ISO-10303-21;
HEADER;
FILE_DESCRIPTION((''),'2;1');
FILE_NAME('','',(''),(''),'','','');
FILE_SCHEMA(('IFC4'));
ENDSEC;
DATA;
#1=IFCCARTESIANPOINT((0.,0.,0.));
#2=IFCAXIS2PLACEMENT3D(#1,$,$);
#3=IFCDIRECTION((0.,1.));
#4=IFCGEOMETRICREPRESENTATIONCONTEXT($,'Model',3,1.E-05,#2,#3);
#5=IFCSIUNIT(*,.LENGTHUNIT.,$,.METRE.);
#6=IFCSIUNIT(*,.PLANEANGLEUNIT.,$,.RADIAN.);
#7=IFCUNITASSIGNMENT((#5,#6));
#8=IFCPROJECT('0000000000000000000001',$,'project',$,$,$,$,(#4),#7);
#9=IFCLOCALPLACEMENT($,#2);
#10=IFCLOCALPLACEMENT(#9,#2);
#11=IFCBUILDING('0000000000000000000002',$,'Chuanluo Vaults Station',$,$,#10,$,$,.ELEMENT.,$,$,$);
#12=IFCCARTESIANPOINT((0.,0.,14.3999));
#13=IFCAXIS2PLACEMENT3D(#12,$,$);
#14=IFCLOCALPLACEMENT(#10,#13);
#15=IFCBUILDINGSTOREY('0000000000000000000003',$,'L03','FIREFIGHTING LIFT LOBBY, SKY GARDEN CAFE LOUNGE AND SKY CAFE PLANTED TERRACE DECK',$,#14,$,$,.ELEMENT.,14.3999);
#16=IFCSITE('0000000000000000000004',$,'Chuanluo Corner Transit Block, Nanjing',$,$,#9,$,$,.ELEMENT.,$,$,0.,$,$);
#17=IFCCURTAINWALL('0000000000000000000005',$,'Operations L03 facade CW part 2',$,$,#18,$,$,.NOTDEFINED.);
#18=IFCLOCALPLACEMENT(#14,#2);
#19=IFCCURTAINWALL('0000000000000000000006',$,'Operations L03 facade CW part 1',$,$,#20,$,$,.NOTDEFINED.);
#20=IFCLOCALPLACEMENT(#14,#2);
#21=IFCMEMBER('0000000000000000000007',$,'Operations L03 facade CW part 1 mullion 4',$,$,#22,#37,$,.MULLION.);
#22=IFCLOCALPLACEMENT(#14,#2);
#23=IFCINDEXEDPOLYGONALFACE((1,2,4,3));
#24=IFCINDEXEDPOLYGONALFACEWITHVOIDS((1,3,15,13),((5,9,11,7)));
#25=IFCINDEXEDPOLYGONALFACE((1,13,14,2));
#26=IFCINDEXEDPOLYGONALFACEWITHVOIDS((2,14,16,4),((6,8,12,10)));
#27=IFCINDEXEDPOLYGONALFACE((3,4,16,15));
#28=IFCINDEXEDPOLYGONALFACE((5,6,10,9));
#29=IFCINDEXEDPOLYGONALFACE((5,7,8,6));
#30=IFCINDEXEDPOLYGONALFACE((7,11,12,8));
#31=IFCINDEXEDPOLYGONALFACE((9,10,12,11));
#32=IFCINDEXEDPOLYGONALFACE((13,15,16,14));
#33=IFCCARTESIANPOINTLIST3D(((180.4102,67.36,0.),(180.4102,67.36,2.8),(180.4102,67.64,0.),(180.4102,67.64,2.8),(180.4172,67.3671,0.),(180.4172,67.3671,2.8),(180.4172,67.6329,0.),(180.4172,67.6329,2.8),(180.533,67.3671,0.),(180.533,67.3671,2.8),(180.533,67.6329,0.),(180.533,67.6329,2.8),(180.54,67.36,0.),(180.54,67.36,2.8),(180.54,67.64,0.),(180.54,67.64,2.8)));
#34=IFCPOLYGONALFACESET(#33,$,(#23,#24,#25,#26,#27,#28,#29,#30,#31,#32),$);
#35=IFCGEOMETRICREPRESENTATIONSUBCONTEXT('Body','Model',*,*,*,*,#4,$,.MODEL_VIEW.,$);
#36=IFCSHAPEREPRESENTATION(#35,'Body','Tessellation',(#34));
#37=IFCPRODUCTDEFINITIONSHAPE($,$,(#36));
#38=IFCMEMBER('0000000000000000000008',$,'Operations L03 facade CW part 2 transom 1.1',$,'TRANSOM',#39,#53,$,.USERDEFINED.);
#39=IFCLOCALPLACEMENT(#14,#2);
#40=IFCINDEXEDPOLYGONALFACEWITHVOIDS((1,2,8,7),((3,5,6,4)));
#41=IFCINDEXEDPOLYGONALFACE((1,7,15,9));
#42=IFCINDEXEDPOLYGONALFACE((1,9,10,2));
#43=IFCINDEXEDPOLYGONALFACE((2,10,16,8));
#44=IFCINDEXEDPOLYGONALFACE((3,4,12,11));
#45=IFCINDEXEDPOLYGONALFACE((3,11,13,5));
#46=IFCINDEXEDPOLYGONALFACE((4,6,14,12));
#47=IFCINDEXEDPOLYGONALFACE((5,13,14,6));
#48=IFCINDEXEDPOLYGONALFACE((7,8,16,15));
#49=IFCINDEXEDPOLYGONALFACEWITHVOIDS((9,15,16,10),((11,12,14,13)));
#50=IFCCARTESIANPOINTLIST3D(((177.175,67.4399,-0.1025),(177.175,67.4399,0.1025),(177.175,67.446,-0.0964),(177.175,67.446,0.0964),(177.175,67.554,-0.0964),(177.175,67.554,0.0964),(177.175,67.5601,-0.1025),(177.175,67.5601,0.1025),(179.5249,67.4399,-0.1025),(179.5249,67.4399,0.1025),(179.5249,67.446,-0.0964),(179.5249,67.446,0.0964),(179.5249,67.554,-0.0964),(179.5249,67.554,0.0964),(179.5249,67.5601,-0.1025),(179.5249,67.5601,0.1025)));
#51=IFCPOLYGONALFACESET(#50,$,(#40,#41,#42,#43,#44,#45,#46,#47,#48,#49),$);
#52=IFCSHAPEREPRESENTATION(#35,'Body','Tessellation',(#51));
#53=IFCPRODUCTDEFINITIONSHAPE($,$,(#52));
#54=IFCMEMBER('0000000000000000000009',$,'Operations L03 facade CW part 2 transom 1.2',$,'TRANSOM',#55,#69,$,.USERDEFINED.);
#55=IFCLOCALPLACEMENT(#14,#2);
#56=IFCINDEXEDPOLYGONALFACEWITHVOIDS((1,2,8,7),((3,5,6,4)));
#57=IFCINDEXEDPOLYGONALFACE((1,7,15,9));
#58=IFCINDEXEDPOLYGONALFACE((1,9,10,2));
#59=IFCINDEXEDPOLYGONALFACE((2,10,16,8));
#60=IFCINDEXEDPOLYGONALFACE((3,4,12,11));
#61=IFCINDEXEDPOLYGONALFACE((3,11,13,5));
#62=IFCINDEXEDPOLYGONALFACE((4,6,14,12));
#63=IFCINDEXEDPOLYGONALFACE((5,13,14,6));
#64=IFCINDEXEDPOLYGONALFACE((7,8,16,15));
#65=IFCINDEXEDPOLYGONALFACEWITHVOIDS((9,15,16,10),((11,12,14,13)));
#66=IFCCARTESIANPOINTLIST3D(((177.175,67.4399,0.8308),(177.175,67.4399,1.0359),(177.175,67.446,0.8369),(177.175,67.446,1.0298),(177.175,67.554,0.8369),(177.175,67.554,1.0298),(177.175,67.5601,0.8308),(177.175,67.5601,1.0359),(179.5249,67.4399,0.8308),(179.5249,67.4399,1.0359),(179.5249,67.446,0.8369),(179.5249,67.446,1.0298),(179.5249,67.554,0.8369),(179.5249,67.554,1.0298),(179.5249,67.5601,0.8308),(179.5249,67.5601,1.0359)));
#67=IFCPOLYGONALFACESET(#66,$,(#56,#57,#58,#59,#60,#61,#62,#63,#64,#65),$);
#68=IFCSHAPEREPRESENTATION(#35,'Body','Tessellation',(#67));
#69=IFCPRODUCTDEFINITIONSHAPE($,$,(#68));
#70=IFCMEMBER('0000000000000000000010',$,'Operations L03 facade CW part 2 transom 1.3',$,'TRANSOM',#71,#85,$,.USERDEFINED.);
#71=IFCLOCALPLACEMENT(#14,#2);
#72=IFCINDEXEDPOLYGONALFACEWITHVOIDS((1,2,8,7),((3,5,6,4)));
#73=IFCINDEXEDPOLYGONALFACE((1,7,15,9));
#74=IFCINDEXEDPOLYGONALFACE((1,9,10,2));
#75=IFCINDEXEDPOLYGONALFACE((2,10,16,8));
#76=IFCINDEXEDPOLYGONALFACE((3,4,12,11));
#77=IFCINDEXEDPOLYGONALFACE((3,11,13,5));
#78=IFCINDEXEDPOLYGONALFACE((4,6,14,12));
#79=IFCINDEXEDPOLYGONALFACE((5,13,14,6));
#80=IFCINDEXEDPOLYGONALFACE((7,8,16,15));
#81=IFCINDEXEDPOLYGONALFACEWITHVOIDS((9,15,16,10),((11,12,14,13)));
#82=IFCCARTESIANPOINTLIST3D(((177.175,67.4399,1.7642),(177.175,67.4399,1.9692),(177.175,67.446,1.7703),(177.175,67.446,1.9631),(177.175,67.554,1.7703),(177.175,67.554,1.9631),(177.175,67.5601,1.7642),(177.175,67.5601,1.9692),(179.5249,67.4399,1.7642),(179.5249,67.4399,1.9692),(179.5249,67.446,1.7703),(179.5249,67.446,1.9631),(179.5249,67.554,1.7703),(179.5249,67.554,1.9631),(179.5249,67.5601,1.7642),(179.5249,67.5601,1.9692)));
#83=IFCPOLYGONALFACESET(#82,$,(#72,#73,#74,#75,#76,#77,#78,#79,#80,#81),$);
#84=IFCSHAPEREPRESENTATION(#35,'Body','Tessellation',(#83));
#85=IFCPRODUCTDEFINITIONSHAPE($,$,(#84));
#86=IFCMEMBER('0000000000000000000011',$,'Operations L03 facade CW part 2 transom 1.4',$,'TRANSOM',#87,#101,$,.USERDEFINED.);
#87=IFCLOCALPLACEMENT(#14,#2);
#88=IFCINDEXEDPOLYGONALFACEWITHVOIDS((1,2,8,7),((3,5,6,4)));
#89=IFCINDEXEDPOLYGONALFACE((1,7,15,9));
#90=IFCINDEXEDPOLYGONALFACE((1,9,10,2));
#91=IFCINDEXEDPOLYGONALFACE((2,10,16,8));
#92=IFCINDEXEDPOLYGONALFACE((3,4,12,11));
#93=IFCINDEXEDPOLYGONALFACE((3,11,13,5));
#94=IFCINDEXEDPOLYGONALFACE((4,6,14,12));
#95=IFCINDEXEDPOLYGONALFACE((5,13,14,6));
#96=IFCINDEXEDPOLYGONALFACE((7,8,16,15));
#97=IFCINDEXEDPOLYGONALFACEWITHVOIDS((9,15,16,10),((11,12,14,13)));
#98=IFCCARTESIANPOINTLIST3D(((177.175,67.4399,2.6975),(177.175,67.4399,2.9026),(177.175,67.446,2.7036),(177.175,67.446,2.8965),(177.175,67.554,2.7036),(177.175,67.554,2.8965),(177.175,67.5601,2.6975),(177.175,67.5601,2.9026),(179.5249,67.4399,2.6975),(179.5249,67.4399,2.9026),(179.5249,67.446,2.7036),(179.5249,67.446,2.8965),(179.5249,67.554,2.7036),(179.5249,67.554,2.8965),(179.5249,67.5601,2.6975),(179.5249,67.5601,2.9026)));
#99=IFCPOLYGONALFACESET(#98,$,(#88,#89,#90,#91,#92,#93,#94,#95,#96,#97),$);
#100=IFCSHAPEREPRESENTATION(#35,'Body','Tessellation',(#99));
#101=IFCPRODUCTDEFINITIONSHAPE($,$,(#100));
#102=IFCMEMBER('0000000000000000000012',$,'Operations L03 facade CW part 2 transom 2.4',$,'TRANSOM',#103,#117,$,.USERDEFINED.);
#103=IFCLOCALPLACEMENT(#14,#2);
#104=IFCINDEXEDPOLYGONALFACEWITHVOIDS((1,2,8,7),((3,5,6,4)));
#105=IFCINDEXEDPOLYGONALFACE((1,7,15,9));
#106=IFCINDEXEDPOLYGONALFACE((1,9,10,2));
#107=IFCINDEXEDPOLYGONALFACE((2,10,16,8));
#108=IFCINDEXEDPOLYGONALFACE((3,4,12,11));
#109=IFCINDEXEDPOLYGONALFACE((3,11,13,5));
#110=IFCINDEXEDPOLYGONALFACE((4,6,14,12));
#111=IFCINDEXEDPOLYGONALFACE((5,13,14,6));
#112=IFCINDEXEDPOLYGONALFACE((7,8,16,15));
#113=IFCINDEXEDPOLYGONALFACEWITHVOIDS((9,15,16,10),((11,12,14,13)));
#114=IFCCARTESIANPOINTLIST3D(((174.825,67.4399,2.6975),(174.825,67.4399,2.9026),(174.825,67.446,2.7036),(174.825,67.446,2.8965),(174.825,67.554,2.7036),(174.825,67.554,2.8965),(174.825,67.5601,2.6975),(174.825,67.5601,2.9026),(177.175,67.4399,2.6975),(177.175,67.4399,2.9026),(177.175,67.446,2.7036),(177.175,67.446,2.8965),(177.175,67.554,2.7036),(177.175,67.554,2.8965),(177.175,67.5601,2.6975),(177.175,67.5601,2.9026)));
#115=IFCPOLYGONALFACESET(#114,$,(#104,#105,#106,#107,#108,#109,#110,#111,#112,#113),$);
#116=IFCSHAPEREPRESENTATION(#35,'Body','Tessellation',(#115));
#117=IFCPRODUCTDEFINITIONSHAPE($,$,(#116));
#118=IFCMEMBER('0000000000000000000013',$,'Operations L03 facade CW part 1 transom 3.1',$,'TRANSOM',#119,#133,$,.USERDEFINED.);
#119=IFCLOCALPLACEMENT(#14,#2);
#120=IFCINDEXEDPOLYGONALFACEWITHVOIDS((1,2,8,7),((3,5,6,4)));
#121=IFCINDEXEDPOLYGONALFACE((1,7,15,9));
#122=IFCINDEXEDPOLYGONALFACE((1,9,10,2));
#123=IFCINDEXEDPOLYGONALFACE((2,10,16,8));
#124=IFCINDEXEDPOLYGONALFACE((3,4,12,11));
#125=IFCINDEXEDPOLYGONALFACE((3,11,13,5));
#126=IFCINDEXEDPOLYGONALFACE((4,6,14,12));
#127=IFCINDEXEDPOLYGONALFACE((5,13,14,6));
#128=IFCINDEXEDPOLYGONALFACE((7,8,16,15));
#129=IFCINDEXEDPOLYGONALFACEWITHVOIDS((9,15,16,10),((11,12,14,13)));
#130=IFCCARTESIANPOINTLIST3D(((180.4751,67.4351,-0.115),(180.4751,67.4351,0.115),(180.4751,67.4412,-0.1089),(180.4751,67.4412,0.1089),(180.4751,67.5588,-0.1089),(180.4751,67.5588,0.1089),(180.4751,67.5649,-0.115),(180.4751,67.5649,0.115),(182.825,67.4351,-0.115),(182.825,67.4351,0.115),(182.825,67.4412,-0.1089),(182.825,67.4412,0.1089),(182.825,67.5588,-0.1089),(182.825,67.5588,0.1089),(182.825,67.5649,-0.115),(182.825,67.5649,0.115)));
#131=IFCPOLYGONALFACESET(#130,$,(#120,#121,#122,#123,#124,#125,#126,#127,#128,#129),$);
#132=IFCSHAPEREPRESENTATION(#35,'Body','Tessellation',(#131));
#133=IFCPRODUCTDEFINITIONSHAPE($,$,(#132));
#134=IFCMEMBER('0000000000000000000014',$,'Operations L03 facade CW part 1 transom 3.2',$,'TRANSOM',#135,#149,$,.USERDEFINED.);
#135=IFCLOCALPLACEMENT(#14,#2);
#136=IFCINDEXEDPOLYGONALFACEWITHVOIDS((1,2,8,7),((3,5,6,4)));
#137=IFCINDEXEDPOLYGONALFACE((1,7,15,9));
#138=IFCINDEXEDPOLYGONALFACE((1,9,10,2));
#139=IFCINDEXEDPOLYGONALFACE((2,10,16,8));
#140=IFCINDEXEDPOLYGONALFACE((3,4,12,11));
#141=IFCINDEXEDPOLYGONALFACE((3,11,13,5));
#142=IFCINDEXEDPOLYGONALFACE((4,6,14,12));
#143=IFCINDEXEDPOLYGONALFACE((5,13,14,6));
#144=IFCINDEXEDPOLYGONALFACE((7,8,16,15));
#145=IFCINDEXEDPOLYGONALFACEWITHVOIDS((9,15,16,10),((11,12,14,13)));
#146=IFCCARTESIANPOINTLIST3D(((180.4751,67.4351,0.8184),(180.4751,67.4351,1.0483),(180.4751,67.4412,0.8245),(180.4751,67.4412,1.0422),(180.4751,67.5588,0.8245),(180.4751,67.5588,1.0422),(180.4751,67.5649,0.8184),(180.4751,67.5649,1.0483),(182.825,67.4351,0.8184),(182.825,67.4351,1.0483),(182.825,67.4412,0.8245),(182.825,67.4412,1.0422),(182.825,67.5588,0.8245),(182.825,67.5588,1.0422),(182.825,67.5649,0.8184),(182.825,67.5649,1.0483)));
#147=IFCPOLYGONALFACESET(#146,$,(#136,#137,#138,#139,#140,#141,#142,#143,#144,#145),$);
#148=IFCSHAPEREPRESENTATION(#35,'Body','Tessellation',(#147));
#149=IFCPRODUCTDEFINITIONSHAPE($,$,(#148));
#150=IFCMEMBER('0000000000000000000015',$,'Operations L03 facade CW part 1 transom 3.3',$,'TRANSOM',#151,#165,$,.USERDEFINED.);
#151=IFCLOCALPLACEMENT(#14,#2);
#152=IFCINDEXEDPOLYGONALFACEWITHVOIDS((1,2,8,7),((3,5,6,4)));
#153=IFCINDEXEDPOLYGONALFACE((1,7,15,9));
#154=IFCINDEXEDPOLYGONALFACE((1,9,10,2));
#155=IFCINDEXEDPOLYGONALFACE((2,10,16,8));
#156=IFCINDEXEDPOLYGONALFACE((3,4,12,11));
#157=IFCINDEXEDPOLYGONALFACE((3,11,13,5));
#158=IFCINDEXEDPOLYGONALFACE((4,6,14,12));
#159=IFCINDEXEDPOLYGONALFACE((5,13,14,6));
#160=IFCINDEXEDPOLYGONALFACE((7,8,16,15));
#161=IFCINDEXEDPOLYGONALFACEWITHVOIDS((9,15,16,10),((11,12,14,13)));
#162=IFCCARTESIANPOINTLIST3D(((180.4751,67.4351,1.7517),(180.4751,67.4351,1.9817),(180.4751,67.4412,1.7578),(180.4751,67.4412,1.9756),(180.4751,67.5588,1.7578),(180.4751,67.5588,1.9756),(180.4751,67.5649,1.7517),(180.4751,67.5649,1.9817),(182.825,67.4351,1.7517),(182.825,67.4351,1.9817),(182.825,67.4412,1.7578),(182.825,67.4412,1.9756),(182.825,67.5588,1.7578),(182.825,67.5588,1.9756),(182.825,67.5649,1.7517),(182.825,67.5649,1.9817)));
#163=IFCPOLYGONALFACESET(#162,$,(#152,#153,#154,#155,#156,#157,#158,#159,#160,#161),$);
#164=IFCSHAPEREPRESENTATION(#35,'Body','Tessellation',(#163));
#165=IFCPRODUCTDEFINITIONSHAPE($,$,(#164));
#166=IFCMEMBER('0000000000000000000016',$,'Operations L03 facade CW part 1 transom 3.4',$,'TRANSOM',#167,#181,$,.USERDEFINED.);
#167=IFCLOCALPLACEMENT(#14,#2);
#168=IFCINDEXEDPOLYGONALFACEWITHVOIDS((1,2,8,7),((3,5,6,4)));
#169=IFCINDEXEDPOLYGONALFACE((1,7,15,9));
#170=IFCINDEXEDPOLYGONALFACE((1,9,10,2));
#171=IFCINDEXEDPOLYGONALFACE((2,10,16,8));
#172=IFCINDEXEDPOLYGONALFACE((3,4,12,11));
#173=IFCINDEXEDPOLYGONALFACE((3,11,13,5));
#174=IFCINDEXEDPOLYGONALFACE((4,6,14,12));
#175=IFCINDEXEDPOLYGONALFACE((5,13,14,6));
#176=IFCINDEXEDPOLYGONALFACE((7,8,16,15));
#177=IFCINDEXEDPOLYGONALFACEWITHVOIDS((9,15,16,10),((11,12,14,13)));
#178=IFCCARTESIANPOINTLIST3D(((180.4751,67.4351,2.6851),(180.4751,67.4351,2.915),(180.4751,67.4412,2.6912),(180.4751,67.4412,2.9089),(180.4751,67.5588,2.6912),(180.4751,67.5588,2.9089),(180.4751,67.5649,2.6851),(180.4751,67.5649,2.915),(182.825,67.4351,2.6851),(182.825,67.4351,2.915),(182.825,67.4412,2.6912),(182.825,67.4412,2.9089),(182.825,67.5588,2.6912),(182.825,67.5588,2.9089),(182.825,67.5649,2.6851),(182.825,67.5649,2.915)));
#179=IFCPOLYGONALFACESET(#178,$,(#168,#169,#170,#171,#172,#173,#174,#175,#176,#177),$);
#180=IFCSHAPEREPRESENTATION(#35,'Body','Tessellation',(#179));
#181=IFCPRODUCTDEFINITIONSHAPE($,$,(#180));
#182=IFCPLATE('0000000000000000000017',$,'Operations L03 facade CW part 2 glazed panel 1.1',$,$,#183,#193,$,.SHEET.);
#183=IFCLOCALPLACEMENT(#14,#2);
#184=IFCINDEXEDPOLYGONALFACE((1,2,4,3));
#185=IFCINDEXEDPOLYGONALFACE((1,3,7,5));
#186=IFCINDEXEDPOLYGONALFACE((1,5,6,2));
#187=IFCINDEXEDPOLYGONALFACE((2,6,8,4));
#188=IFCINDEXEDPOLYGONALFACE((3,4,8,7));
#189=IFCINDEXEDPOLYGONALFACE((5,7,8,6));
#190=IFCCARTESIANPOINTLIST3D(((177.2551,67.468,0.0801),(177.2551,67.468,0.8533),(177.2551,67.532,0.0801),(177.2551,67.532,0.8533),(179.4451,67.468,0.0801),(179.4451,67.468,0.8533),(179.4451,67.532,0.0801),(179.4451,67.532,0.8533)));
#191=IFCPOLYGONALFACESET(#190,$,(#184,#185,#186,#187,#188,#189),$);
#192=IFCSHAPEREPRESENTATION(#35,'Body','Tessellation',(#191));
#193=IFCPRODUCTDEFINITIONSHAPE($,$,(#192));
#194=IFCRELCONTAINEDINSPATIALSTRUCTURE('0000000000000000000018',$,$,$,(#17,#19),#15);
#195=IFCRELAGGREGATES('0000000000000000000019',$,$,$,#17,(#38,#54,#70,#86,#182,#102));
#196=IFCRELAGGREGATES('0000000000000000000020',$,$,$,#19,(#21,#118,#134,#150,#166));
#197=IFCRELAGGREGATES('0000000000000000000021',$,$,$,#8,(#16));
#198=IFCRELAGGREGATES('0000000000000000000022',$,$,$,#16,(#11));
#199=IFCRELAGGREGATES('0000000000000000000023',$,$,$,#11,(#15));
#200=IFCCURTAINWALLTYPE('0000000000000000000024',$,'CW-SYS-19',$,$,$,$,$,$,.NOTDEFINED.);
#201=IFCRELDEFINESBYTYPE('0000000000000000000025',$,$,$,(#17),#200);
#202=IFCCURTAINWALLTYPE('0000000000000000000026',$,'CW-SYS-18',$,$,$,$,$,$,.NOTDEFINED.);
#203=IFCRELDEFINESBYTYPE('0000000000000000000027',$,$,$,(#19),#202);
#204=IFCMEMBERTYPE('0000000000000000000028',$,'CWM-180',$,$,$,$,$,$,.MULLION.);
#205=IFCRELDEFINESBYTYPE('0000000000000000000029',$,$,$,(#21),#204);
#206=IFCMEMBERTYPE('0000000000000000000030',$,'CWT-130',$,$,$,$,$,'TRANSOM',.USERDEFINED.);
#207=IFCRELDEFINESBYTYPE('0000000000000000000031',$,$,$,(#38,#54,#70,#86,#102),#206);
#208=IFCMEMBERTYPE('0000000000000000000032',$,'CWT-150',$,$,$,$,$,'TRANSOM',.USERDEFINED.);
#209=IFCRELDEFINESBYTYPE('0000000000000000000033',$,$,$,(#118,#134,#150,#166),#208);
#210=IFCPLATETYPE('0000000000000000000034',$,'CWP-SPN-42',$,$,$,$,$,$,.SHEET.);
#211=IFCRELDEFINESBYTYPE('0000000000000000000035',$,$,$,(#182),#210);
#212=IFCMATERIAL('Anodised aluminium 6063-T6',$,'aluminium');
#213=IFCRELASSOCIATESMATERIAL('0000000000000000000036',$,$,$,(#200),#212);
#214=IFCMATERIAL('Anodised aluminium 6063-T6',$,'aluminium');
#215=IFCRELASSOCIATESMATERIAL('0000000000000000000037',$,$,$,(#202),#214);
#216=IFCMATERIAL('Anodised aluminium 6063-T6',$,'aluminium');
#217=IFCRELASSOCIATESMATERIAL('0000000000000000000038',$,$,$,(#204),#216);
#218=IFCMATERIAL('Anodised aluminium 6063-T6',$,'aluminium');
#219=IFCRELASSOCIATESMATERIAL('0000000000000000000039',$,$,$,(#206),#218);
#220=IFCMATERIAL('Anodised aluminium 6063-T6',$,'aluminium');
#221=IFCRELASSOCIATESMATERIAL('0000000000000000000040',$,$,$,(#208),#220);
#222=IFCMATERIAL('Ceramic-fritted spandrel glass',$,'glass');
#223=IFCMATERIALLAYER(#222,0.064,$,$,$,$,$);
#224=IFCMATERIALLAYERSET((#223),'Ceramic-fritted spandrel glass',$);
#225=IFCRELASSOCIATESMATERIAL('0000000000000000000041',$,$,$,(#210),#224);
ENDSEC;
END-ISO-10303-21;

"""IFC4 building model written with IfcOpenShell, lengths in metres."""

from ifc_helpers import new_model, si_unit, direction, frame, origin, origin_2d, place, context, subcontext, project, spatial, rectangle, hollow_rectangle, extrude, material, layer, layer_set, material_profile, profile_set, type_object, element, aggregate, save


model = new_model("IFC4")

# Units and contexts
model_context = context("Model", 3, precision=1e-05, world=origin(), true_north=direction((0.0, 1.0)))
body_context = subcontext(model_context, "Body", "Model", "MODEL_VIEW")
ifc_project = project(units=[si_unit("LENGTHUNIT", "METRE"), si_unit("PLANEANGLEUNIT", "RADIAN")], contexts=[model_context])

# Site, building, storey
site_placement = place(None, origin())
site = spatial("IfcSite", under=ifc_project, at=site_placement, Name="Chuanluo Corner Transit Block, Nanjing", CompositionType="ELEMENT", RefElevation=0.0)
building_placement = place(site_placement, origin())
building = spatial("IfcBuilding", under=site, at=building_placement, Name="Chuanluo Vaults Station", CompositionType="ELEMENT")
storey_placement = place(building_placement, frame((0.0, 0.0, 14.3999)))
storey = spatial("IfcBuildingStorey", under=building, at=storey_placement, Name="L03", Description="FIREFIGHTING LIFT LOBBY, SKY GARDEN CAFE LOUNGE AND SKY CAFE PLANTED TERRACE DECK", CompositionType="ELEMENT", Elevation=14.3999)

# Curtain wall
ifc_material_1 = material(Name="Anodised aluminium 6063-T6", Category="aluminium")
curtain_wall_type_1 = type_object("IfcCurtainWallType", Name="CW-SYS-19", PredefinedType="NOTDEFINED", material=ifc_material_1)
curtain_wall_1_placement = place(storey_placement, origin())
curtain_wall_1 = element("IfcCurtainWall", 1, at=curtain_wall_1_placement, inside=storey, type_object=curtain_wall_type_1, Name="Operations L03 facade CW part 2", PredefinedType="NOTDEFINED")

# Curtain wall, member
ifc_material_2 = material(Name="Anodised aluminium 6063-T6", Category="aluminium")
curtain_wall_type_2 = type_object("IfcCurtainWallType", Name="CW-SYS-18", PredefinedType="NOTDEFINED", material=ifc_material_2)
curtain_wall_2_placement = place(storey_placement, origin())
curtain_wall_2 = element("IfcCurtainWall", 2, at=curtain_wall_2_placement, inside=storey, type_object=curtain_wall_type_2, Name="Operations L03 facade CW part 1", PredefinedType="NOTDEFINED")
ifc_material_3 = material(Name="Anodised aluminium 6063-T6", Category="aluminium")
ifc_material_profile_1 = material_profile(ifc_material_3, hollow_rectangle(XDim=0.1299, YDim=0.28, WallThickness=0.0071, at=origin_2d()))
ifc_profile_set_1 = profile_set([ifc_material_profile_1], Name="Anodised aluminium 6063-T6")
member_type_1 = type_object("IfcMemberType", Name="CWM-180", PredefinedType="MULLION", material=ifc_profile_set_1)
member_1_placement = place(storey_placement, frame((180.4751, 67.5, 0.0), z_axis=(0.0, 0.0, 1.0), x_axis=(-1.0, 0.0, 0.0)))
member_1 = element("IfcMember", 3, at=member_1_placement, type_object=member_type_1, Name="Operations L03 facade CW part 1 mullion 4", PredefinedType="MULLION", context=body_context, shape_type="SweptSolid", body=[
    extrude(hollow_rectangle(XDim=0.1299, YDim=0.28, WallThickness=0.0071, at=origin_2d()), origin(), (0.0, 0.0, 1.0), 2.8),
])

# Members
ifc_material_4 = material(Name="Anodised aluminium 6063-T6", Category="aluminium")
ifc_material_profile_2 = material_profile(ifc_material_4, hollow_rectangle(XDim=0.1201, YDim=0.2051, WallThickness=0.0061, at=origin_2d()))
ifc_profile_set_2 = profile_set([ifc_material_profile_2], Name="Anodised aluminium 6063-T6")
member_type_2 = type_object("IfcMemberType", Name="CWT-130", ElementType="TRANSOM", PredefinedType="USERDEFINED", material=ifc_profile_set_2)
member_2_placement = place(storey_placement, frame((179.5249, 67.5, 0.0), z_axis=(-1.0, 0.0, 0.0), x_axis=(0.0, -1.0, 0.0)))
member_2 = element("IfcMember", 4, at=member_2_placement, type_object=member_type_2, Name="Operations L03 facade CW part 2 transom 1.1", ObjectType="TRANSOM", PredefinedType="USERDEFINED", context=body_context, shape_type="SweptSolid", body=[
    extrude(hollow_rectangle(XDim=0.1201, YDim=0.2051, WallThickness=0.0061, at=origin_2d()), origin(), (0.0, 0.0, 1.0), 2.3499),
])
member_3_placement = place(storey_placement, frame((179.5249, 67.5, 0.9333), z_axis=(-1.0, 0.0, 0.0), x_axis=(0.0, -1.0, 0.0)))
member_3 = element("IfcMember", 5, at=member_3_placement, type_object=member_type_2, Name="Operations L03 facade CW part 2 transom 1.2", ObjectType="TRANSOM", PredefinedType="USERDEFINED", context=body_context, shape_type="SweptSolid", body=[
    extrude(hollow_rectangle(XDim=0.1201, YDim=0.2051, WallThickness=0.0061, at=origin_2d()), origin(), (0.0, 0.0, 1.0), 2.3499),
])
member_4_placement = place(storey_placement, frame((179.5249, 67.5, 1.8667), z_axis=(-1.0, 0.0, 0.0), x_axis=(0.0, -1.0, 0.0)))
member_4 = element("IfcMember", 6, at=member_4_placement, type_object=member_type_2, Name="Operations L03 facade CW part 2 transom 1.3", ObjectType="TRANSOM", PredefinedType="USERDEFINED", context=body_context, shape_type="SweptSolid", body=[
    extrude(hollow_rectangle(XDim=0.1201, YDim=0.2051, WallThickness=0.0061, at=origin_2d()), origin(), (0.0, 0.0, 1.0), 2.3499),
])
member_5_placement = place(storey_placement, frame((179.5249, 67.5, 2.8), z_axis=(-1.0, 0.0, 0.0), x_axis=(0.0, -1.0, 0.0)))
member_5 = element("IfcMember", 7, at=member_5_placement, type_object=member_type_2, Name="Operations L03 facade CW part 2 transom 1.4", ObjectType="TRANSOM", PredefinedType="USERDEFINED", context=body_context, shape_type="SweptSolid", body=[
    extrude(hollow_rectangle(XDim=0.1201, YDim=0.2051, WallThickness=0.0061, at=origin_2d()), origin(), (0.0, 0.0, 1.0), 2.3499),
])
member_6_placement = place(storey_placement, frame((177.175, 67.5, 2.8), z_axis=(-1.0, 0.0, 0.0), x_axis=(0.0, -1.0, 0.0)))
member_6 = element("IfcMember", 8, at=member_6_placement, type_object=member_type_2, Name="Operations L03 facade CW part 2 transom 2.4", ObjectType="TRANSOM", PredefinedType="USERDEFINED", context=body_context, shape_type="SweptSolid", body=[
    extrude(hollow_rectangle(XDim=0.1201, YDim=0.2051, WallThickness=0.0061, at=origin_2d()), origin(), (0.0, 0.0, 1.0), 2.3501),
])
ifc_material_5 = material(Name="Anodised aluminium 6063-T6", Category="aluminium")
ifc_material_profile_3 = material_profile(ifc_material_5, hollow_rectangle(XDim=0.1299, YDim=0.23, WallThickness=0.0061, at=origin_2d()))
ifc_profile_set_3 = profile_set([ifc_material_profile_3], Name="Anodised aluminium 6063-T6")
member_type_3 = type_object("IfcMemberType", Name="CWT-150", ElementType="TRANSOM", PredefinedType="USERDEFINED", material=ifc_profile_set_3)
member_7_placement = place(storey_placement, frame((182.825, 67.5, 0.0), z_axis=(-1.0, 0.0, 0.0), x_axis=(0.0, -1.0, 0.0)))
member_7 = element("IfcMember", 9, at=member_7_placement, type_object=member_type_3, Name="Operations L03 facade CW part 1 transom 3.1", ObjectType="TRANSOM", PredefinedType="USERDEFINED", context=body_context, shape_type="SweptSolid", body=[
    extrude(hollow_rectangle(XDim=0.1299, YDim=0.23, WallThickness=0.0061, at=origin_2d()), origin(), (0.0, 0.0, 1.0), 2.3499),
])
member_8_placement = place(storey_placement, frame((182.825, 67.5, 0.9333), z_axis=(-1.0, 0.0, 0.0), x_axis=(0.0, -1.0, 0.0)))
member_8 = element("IfcMember", 10, at=member_8_placement, type_object=member_type_3, Name="Operations L03 facade CW part 1 transom 3.2", ObjectType="TRANSOM", PredefinedType="USERDEFINED", context=body_context, shape_type="SweptSolid", body=[
    extrude(hollow_rectangle(XDim=0.1299, YDim=0.23, WallThickness=0.0061, at=origin_2d()), origin(), (0.0, 0.0, 1.0), 2.3499),
])
member_9_placement = place(storey_placement, frame((182.825, 67.5, 1.8667), z_axis=(-1.0, 0.0, 0.0), x_axis=(0.0, -1.0, 0.0)))
member_9 = element("IfcMember", 11, at=member_9_placement, type_object=member_type_3, Name="Operations L03 facade CW part 1 transom 3.3", ObjectType="TRANSOM", PredefinedType="USERDEFINED", context=body_context, shape_type="SweptSolid", body=[
    extrude(hollow_rectangle(XDim=0.1299, YDim=0.23, WallThickness=0.0061, at=origin_2d()), origin(), (0.0, 0.0, 1.0), 2.3499),
])
member_10_placement = place(storey_placement, frame((182.825, 67.5, 2.8), z_axis=(-1.0, 0.0, 0.0), x_axis=(0.0, -1.0, 0.0)))
member_10 = element("IfcMember", 12, at=member_10_placement, type_object=member_type_3, Name="Operations L03 facade CW part 1 transom 3.4", ObjectType="TRANSOM", PredefinedType="USERDEFINED", context=body_context, shape_type="SweptSolid", body=[
    extrude(hollow_rectangle(XDim=0.1299, YDim=0.23, WallThickness=0.0061, at=origin_2d()), origin(), (0.0, 0.0, 1.0), 2.3499),
])

# Plate
ifc_material_6 = material(Name="Ceramic-fritted spandrel glass", Category="glass")
ifc_layer_1 = layer(ifc_material_6, 0.064)
ifc_layer_set_1 = layer_set([ifc_layer_1], Name="Ceramic-fritted spandrel glass")
plate_type_1 = type_object("IfcPlateType", Name="CWP-SPN-42", PredefinedType="SHEET", material=ifc_layer_set_1)
plate_1_placement = place(storey_placement, frame((178.3501, 67.5, 0.0801), z_axis=(0.0, 0.0, 1.0), x_axis=(-1.0, 0.0, 0.0)))
plate_1 = element("IfcPlate", 13, at=plate_1_placement, type_object=plate_type_1, Name="Operations L03 facade CW part 2 glazed panel 1.1", PredefinedType="SHEET", context=body_context, shape_type="SweptSolid", body=[
    extrude(rectangle(XDim=2.1899, YDim=0.064, at=origin_2d()), origin(), (0.0, 0.0, 1.0), 0.7732),
])
aggregate(curtain_wall_1, [member_2, member_3, member_4, member_5, plate_1, member_6])
aggregate(curtain_wall_2, [member_1, member_7, member_8, member_9, member_10])

save(model, "model.ifc")
